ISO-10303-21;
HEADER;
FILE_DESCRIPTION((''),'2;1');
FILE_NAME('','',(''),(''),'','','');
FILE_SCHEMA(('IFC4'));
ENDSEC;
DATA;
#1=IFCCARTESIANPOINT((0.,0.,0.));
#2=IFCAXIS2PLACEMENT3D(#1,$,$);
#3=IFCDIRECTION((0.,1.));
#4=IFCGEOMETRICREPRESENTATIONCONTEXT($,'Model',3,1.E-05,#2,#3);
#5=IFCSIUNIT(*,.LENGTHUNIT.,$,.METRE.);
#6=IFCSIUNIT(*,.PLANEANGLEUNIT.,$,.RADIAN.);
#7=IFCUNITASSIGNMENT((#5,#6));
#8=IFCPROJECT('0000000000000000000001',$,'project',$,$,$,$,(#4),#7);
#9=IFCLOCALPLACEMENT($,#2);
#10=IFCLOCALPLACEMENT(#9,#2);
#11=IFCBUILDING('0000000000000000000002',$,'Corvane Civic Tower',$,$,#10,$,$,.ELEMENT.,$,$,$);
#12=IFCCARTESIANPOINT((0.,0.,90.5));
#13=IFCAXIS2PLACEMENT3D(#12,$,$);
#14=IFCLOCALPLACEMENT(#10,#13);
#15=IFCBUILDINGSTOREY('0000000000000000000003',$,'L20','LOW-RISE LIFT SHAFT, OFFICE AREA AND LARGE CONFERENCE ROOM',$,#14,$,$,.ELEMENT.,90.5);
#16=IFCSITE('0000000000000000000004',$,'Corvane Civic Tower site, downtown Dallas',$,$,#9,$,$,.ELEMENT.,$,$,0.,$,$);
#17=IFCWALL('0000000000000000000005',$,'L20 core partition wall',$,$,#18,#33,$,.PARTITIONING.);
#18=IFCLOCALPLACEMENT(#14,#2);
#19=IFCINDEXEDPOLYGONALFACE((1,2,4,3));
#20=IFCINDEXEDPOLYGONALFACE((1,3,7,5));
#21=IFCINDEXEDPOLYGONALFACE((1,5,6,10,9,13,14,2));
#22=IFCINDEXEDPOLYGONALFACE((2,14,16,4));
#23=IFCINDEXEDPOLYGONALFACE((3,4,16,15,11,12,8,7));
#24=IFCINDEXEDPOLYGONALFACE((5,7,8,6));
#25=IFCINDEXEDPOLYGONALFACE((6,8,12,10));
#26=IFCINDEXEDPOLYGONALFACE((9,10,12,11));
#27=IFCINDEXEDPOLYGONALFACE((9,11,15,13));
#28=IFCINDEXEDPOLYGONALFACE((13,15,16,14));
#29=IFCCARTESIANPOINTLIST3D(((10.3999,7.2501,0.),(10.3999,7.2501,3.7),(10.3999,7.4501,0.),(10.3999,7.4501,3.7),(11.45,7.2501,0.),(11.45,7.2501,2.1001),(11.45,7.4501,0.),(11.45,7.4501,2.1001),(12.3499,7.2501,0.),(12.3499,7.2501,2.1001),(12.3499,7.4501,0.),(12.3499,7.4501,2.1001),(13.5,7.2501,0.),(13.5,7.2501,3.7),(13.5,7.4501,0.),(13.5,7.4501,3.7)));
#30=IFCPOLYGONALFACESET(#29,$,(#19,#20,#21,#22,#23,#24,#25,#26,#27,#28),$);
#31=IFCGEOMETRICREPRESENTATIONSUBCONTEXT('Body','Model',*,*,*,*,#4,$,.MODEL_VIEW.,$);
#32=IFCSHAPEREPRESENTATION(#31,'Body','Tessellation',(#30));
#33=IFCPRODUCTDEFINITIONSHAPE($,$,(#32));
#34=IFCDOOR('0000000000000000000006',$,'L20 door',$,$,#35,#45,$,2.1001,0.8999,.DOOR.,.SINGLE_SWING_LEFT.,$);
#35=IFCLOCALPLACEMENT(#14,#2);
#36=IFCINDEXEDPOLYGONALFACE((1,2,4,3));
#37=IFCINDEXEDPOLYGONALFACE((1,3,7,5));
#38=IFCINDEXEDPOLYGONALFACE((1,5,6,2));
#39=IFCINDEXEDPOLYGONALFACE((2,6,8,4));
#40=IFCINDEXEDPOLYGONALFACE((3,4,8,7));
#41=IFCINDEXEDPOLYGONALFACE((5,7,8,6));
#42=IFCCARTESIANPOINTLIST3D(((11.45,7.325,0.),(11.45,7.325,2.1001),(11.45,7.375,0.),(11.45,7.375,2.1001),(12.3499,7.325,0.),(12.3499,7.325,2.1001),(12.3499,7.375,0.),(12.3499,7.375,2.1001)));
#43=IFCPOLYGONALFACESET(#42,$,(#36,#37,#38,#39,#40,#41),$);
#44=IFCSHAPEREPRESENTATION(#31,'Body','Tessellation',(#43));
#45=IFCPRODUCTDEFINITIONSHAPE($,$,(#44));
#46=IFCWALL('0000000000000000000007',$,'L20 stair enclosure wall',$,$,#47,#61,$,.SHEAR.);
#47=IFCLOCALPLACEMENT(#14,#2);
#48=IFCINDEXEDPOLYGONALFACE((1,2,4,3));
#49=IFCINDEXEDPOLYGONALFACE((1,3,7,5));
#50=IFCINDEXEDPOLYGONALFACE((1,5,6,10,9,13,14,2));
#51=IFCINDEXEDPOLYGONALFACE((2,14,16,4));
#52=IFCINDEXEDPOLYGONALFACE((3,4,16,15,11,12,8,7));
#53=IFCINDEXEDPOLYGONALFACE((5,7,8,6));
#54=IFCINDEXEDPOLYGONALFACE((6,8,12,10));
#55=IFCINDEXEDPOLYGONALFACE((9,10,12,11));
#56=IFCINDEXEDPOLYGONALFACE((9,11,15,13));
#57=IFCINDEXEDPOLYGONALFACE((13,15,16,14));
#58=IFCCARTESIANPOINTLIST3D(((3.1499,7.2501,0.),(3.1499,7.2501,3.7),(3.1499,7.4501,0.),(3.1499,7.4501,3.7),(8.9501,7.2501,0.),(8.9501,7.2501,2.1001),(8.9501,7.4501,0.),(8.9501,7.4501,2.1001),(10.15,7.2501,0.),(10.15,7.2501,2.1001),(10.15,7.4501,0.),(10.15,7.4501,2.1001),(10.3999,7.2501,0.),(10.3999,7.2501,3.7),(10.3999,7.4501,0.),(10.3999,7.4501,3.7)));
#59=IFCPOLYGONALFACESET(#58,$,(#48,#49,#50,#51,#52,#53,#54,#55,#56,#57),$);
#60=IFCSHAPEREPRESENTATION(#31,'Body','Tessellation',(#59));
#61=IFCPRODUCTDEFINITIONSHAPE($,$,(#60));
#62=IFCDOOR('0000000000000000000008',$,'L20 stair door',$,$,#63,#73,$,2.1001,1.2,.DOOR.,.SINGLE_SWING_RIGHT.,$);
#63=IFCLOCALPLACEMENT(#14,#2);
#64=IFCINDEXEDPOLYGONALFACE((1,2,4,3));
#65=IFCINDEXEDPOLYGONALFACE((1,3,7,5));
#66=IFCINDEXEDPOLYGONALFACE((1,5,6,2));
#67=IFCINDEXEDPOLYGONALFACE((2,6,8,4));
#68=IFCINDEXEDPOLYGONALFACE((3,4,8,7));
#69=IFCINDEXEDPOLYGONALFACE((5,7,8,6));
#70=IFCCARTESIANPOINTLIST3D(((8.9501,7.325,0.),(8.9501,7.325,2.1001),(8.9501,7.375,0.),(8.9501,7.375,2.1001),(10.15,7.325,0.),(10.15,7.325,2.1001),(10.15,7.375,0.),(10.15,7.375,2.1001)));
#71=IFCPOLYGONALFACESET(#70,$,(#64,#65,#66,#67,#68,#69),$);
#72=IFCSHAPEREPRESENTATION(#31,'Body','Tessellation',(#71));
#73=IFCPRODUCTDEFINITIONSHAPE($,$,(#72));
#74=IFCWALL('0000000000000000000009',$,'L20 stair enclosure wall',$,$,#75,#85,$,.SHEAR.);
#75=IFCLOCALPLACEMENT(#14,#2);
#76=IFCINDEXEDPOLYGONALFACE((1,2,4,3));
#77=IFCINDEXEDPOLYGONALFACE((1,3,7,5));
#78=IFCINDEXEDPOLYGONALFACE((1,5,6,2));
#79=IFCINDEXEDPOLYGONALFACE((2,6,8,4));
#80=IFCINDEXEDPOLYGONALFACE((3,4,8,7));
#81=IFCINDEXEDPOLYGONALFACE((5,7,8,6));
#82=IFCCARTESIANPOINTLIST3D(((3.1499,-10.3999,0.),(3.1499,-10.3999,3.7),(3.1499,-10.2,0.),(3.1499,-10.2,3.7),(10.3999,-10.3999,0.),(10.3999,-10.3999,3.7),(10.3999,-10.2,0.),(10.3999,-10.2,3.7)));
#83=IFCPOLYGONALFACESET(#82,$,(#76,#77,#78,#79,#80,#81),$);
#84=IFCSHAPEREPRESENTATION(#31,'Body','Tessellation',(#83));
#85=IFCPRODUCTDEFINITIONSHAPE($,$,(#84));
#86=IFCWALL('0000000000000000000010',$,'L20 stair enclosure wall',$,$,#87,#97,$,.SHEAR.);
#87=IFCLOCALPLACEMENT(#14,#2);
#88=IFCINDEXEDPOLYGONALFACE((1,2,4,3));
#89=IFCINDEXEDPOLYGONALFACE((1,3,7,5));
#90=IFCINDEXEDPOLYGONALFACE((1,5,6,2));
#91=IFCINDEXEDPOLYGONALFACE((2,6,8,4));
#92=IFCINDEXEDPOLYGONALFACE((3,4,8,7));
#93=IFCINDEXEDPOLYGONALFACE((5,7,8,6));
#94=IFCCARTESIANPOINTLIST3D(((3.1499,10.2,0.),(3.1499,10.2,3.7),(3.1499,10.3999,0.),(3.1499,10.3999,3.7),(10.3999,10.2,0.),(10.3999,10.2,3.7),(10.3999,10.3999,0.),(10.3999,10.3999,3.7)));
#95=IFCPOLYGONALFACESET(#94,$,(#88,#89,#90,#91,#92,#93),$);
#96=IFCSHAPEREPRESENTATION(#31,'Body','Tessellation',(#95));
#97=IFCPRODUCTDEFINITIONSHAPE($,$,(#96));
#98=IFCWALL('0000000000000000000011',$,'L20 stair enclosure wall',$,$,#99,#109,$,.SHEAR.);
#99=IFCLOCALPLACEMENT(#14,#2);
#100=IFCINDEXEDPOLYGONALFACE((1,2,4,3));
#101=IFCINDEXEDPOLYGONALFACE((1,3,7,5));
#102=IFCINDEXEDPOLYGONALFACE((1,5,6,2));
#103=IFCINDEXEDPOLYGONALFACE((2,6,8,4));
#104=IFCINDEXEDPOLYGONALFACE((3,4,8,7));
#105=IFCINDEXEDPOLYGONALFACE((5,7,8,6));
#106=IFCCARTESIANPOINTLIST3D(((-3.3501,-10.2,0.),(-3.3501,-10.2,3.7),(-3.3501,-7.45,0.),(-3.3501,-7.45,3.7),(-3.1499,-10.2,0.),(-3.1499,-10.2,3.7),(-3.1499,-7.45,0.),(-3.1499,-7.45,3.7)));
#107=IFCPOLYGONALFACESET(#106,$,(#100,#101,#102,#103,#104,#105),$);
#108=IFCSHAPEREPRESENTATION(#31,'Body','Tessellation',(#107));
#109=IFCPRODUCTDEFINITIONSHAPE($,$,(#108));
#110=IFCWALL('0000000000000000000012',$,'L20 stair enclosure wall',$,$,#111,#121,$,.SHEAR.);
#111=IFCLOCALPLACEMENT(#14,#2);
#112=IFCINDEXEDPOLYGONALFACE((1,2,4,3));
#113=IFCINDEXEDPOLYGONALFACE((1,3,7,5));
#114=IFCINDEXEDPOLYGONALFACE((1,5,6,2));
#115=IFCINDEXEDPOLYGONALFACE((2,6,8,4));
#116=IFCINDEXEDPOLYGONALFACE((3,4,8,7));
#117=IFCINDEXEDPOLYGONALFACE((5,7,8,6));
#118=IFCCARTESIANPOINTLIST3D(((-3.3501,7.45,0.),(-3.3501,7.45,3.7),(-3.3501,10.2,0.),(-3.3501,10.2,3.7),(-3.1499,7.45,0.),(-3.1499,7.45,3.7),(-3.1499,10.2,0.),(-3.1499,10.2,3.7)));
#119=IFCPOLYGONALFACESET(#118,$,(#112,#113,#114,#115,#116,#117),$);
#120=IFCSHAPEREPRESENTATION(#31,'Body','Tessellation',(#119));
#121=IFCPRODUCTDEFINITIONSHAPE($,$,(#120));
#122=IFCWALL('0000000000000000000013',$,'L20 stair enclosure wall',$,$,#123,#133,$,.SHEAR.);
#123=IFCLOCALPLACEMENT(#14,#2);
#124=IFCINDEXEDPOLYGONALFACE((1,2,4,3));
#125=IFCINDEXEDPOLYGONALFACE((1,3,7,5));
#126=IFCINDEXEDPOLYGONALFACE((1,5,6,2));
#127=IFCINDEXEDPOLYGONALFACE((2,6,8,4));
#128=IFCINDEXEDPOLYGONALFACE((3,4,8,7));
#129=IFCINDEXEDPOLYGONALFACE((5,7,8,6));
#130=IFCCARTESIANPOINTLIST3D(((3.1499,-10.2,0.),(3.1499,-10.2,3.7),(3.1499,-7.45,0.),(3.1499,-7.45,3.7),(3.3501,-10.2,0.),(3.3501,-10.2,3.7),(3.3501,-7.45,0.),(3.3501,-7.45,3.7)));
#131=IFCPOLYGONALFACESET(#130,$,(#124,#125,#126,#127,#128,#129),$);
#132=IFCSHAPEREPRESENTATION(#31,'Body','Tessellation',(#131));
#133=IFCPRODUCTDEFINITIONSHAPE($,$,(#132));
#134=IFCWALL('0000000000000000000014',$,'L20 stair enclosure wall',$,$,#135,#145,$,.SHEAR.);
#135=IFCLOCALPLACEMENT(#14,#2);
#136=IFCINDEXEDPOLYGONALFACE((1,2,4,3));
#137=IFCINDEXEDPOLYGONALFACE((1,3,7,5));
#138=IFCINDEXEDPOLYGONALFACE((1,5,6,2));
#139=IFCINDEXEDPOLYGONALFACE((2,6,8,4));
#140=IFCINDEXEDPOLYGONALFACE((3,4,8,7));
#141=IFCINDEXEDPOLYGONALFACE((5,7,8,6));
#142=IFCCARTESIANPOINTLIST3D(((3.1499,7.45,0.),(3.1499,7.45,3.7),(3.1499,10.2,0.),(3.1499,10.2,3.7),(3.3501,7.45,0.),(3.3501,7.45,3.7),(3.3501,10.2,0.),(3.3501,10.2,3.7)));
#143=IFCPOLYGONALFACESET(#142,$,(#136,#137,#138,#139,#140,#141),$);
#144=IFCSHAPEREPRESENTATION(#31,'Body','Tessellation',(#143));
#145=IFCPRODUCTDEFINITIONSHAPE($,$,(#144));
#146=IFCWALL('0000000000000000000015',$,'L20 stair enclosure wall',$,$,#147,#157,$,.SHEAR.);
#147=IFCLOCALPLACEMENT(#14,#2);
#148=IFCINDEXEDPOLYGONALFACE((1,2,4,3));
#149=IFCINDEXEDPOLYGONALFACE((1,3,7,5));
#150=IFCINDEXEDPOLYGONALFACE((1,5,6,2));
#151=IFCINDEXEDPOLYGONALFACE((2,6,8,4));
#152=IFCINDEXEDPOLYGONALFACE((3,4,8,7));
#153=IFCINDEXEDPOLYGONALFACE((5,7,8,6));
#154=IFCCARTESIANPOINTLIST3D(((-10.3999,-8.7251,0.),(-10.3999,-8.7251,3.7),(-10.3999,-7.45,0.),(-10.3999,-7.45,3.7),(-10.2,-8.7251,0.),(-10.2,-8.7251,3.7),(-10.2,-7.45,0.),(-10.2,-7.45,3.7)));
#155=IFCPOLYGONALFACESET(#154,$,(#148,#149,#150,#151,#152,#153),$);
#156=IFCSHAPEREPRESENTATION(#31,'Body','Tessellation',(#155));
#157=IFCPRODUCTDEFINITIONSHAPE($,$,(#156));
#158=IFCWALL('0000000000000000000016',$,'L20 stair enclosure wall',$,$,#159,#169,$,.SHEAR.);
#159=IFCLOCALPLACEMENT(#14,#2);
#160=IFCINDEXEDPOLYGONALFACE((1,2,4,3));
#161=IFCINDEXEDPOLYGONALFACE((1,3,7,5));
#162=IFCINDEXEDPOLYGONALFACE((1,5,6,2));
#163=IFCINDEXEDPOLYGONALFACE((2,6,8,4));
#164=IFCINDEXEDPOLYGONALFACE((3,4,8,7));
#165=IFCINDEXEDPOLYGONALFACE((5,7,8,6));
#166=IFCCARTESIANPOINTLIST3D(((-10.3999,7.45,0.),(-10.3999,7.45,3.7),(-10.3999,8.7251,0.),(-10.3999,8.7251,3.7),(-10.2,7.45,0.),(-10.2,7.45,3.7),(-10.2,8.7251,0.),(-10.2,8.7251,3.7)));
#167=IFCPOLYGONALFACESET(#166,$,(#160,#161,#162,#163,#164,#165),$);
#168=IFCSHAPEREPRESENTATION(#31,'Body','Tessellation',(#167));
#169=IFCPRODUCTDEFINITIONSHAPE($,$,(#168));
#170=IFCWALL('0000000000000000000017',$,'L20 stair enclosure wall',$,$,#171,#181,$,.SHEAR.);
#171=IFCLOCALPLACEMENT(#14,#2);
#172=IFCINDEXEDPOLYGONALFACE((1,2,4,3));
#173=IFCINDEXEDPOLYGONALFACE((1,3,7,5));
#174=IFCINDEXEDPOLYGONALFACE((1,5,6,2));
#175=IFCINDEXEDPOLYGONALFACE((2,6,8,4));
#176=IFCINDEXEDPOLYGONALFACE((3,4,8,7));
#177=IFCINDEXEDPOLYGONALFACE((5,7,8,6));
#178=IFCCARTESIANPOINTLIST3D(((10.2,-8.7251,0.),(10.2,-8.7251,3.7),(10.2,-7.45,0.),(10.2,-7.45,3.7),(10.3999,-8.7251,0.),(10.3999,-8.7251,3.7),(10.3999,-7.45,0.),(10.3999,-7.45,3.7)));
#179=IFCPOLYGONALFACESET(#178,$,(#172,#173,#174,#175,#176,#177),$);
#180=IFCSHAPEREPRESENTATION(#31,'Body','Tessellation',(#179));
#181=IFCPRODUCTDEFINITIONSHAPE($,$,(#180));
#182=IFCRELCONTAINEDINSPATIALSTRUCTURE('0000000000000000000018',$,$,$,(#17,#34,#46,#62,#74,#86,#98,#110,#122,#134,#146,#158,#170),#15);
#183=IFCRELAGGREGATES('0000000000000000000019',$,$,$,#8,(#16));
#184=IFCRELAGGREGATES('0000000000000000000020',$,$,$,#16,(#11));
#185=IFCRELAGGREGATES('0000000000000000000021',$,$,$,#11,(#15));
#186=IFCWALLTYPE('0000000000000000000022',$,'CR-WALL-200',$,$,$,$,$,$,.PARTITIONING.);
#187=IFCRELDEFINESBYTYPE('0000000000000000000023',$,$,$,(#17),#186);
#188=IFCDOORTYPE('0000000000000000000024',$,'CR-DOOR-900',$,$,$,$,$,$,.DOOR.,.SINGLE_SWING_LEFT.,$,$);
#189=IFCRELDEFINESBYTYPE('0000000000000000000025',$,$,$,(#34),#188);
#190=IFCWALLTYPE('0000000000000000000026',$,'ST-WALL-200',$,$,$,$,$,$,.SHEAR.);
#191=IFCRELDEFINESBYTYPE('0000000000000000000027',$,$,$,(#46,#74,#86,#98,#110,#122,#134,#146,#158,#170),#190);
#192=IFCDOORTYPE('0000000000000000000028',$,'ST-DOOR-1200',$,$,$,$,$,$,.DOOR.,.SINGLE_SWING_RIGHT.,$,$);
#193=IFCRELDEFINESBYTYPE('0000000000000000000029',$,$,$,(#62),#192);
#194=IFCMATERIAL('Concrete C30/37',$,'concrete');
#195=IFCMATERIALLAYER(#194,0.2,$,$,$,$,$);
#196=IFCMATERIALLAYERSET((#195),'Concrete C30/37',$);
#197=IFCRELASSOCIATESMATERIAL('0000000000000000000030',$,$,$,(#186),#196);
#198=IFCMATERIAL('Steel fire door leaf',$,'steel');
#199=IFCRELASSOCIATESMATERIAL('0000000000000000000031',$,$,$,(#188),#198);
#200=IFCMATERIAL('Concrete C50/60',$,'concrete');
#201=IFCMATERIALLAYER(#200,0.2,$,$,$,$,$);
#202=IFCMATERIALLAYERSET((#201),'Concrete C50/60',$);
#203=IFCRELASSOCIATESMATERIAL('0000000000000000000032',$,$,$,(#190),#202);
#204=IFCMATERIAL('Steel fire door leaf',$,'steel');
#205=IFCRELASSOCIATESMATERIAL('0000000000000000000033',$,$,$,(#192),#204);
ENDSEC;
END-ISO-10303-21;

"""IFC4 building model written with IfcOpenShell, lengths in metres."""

from ifc_helpers import new_model, si_unit, direction, frame, frame_2d, origin, place, context, subcontext, project, spatial, polyline, rectangle, outline, extrude, material, layer, layer_set, type_object, element, fill, save


model = new_model("IFC4")

# Units and contexts
model_context = context("Model", 3, precision=1e-05, world=origin(), true_north=direction((0.0, 1.0)))
body_context = subcontext(model_context, "Body", "Model", "MODEL_VIEW")
ifc_project = project(units=[si_unit("LENGTHUNIT", "METRE"), si_unit("PLANEANGLEUNIT", "RADIAN")], contexts=[model_context])

# Site, building, storey
site_placement = place(None, origin())
site = spatial("IfcSite", under=ifc_project, at=site_placement, Name="Corvane Civic Tower site, downtown Dallas", CompositionType="ELEMENT", RefElevation=0.0)
building_placement = place(site_placement, origin())
building = spatial("IfcBuilding", under=site, at=building_placement, Name="Corvane Civic Tower", CompositionType="ELEMENT")
storey_placement = place(building_placement, frame((0.0, 0.0, 90.5)))
storey = spatial("IfcBuildingStorey", under=building, at=storey_placement, Name="L20", Description="LOW-RISE LIFT SHAFT, OFFICE AREA AND LARGE CONFERENCE ROOM", CompositionType="ELEMENT", Elevation=90.5)

# Walls, openings, doors
ifc_material_1 = material(Name="Concrete C30/37", Category="concrete")
ifc_layer_1 = layer(ifc_material_1, 0.2)
ifc_layer_set_1 = layer_set([ifc_layer_1], Name="Concrete C30/37")
wall_type_1 = type_object("IfcWallType", Name="CR-WALL-200", PredefinedType="PARTITIONING", material=ifc_layer_set_1)
wall_1_placement = place(storey_placement, frame((10.3999, 7.3501, 0.0), z_axis=(0.0, 0.0, 1.0), x_axis=(1.0, 0.0, 0.0)))
wall_1 = element("IfcWall", 1, at=wall_1_placement, inside=storey, type_object=wall_type_1, Name="L20 core partition wall", PredefinedType="PARTITIONING", context=body_context, shape_type="SweptSolid", body=[
    extrude(rectangle(XDim=3.1001, YDim=0.2, at=frame_2d((1.55, 0.0))), origin(), (0.0, 0.0, 1.0), 3.7),
])
opening_1_placement = place(wall_1_placement, frame((1.05, 0.0, 0.0)))
opening_1 = element("IfcOpeningElement", 2, at=opening_1_placement, cuts=wall_1, PredefinedType="OPENING", context=body_context, shape_type="SweptSolid", body=[
    extrude(rectangle(XDim=0.8999, YDim=2.1001, at=frame_2d((0.45, 1.05))), frame((0.0, 0.1099, 0.0), z_axis=(0.0, -1.0, 0.0), x_axis=(1.0, 0.0, 0.0)), (0.0, 0.0, 1.0), 0.22),
])
ifc_material_2 = material(Name="Steel fire door leaf", Category="steel")
door_type_1 = type_object("IfcDoorType", Name="CR-DOOR-900", OperationType="SINGLE_SWING_LEFT", PredefinedType="DOOR", material=ifc_material_2)
door_1_placement = place(opening_1_placement, origin())
door_1 = element("IfcDoor", 3, at=door_1_placement, inside=storey, type_object=door_type_1, Name="L20 door", OperationType="SINGLE_SWING_LEFT", OverallHeight=2.1001, OverallWidth=0.8999, PredefinedType="DOOR", context=body_context, shape_type="SweptSolid", body=[
    extrude(rectangle(XDim=0.8999, YDim=2.1001, at=frame_2d((0.45, 1.05))), frame((0.0, 0.0249, 0.0), z_axis=(0.0, -1.0, 0.0), x_axis=(1.0, 0.0, 0.0)), (0.0, 0.0, 1.0), 0.05),
])
fill(opening_1, door_1)
ifc_material_3 = material(Name="Concrete C50/60", Category="concrete")
ifc_layer_2 = layer(ifc_material_3, 0.2)
ifc_layer_set_2 = layer_set([ifc_layer_2], Name="Concrete C50/60")
wall_type_2 = type_object("IfcWallType", Name="ST-WALL-200", PredefinedType="SHEAR", material=ifc_layer_set_2)
wall_2_placement = place(storey_placement, frame((3.1499, 7.3501, 0.0), z_axis=(0.0, 0.0, 1.0), x_axis=(1.0, 0.0, 0.0)))
wall_2 = element("IfcWall", 4, at=wall_2_placement, inside=storey, type_object=wall_type_2, Name="L20 stair enclosure wall", PredefinedType="SHEAR", context=body_context, shape_type="SweptSolid", body=[
    extrude(rectangle(XDim=7.25, YDim=0.2, at=frame_2d((3.625, 0.0))), origin(), (0.0, 0.0, 1.0), 3.7),
])
opening_2_placement = place(wall_2_placement, frame((5.8, 0.0, 0.0)))
opening_2 = element("IfcOpeningElement", 5, at=opening_2_placement, cuts=wall_2, PredefinedType="OPENING", context=body_context, shape_type="SweptSolid", body=[
    extrude(rectangle(XDim=1.2, YDim=2.1001, at=frame_2d((0.6001, 1.05))), frame((0.0, 0.1099, 0.0), z_axis=(0.0, -1.0, 0.0), x_axis=(1.0, 0.0, 0.0)), (0.0, 0.0, 1.0), 0.22),
])
ifc_material_4 = material(Name="Steel fire door leaf", Category="steel")
door_type_2 = type_object("IfcDoorType", Name="ST-DOOR-1200", OperationType="SINGLE_SWING_RIGHT", PredefinedType="DOOR", material=ifc_material_4)
door_2_placement = place(opening_2_placement, origin())
door_2 = element("IfcDoor", 6, at=door_2_placement, inside=storey, type_object=door_type_2, Name="L20 stair door", OperationType="SINGLE_SWING_RIGHT", OverallHeight=2.1001, OverallWidth=1.2, PredefinedType="DOOR", context=body_context, shape_type="SweptSolid", body=[
    extrude(rectangle(XDim=1.2, YDim=2.1001, at=frame_2d((0.6001, 1.05))), frame((0.0, 0.0249, 0.0), z_axis=(0.0, -1.0, 0.0), x_axis=(1.0, 0.0, 0.0)), (0.0, 0.0, 1.0), 0.05),
])
fill(opening_2, door_2)

# Walls
wall_3_placement = place(storey_placement, origin())
element("IfcWall", 7, at=wall_3_placement, inside=storey, type_object=wall_type_2, Name="L20 stair enclosure wall", PredefinedType="SHEAR", context=body_context, shape_type="SweptSolid", body=[
    extrude(outline(polyline([(10.3999, -10.3999), (3.1499, -10.3999), (3.1499, -10.2), (10.3999, -10.2), (10.3999, -10.3999)])), origin(), (0.0, 0.0, 1.0), 3.7),
])
wall_4_placement = place(storey_placement, origin())
element("IfcWall", 8, at=wall_4_placement, inside=storey, type_object=wall_type_2, Name="L20 stair enclosure wall", PredefinedType="SHEAR", context=body_context, shape_type="SweptSolid", body=[
    extrude(outline(polyline([(10.3999, 10.2), (3.1499, 10.2), (3.1499, 10.3999), (10.3999, 10.3999), (10.3999, 10.2)])), origin(), (0.0, 0.0, 1.0), 3.7),
])
wall_5_placement = place(storey_placement, origin())
element("IfcWall", 9, at=wall_5_placement, inside=storey, type_object=wall_type_2, Name="L20 stair enclosure wall", PredefinedType="SHEAR", context=body_context, shape_type="SweptSolid", body=[
    extrude(outline(polyline([(-3.1499, -7.45), (-3.1499, -10.2), (-3.3501, -10.2), (-3.3501, -7.45), (-3.1499, -7.45)])), origin(), (0.0, 0.0, 1.0), 3.7),
])
wall_6_placement = place(storey_placement, origin())
element("IfcWall", 10, at=wall_6_placement, inside=storey, type_object=wall_type_2, Name="L20 stair enclosure wall", PredefinedType="SHEAR", context=body_context, shape_type="SweptSolid", body=[
    extrude(outline(polyline([(-3.1499, 7.45), (-3.3501, 7.45), (-3.3501, 10.2), (-3.1499, 10.2), (-3.1499, 7.45)])), origin(), (0.0, 0.0, 1.0), 3.7),
])
wall_7_placement = place(storey_placement, origin())
element("IfcWall", 11, at=wall_7_placement, inside=storey, type_object=wall_type_2, Name="L20 stair enclosure wall", PredefinedType="SHEAR", context=body_context, shape_type="SweptSolid", body=[
    extrude(outline(polyline([(3.3501, -7.45), (3.3501, -10.2), (3.1499, -10.2), (3.1499, -7.45), (3.3501, -7.45)])), origin(), (0.0, 0.0, 1.0), 3.7),
])
wall_8_placement = place(storey_placement, origin())
element("IfcWall", 12, at=wall_8_placement, inside=storey, type_object=wall_type_2, Name="L20 stair enclosure wall", PredefinedType="SHEAR", context=body_context, shape_type="SweptSolid", body=[
    extrude(outline(polyline([(3.3501, 7.45), (3.1499, 7.45), (3.1499, 10.2), (3.3501, 10.2), (3.3501, 7.45)])), origin(), (0.0, 0.0, 1.0), 3.7),
])
wall_9_placement = place(storey_placement, origin())
element("IfcWall", 13, at=wall_9_placement, inside=storey, type_object=wall_type_2, Name="L20 stair enclosure wall", PredefinedType="SHEAR", context=body_context, shape_type="SweptSolid", body=[
    extrude(outline(polyline([(-10.2, -7.45), (-10.2, -8.7251), (-10.3999, -8.7251), (-10.3999, -7.45), (-10.2, -7.45)])), origin(), (0.0, 0.0, 1.0), 3.7),
])
wall_10_placement = place(storey_placement, origin())
element("IfcWall", 14, at=wall_10_placement, inside=storey, type_object=wall_type_2, Name="L20 stair enclosure wall", PredefinedType="SHEAR", context=body_context, shape_type="SweptSolid", body=[
    extrude(outline(polyline([(-10.2, 8.7251), (-10.2, 7.45), (-10.3999, 7.45), (-10.3999, 8.7251), (-10.2, 8.7251)])), origin(), (0.0, 0.0, 1.0), 3.7),
])
wall_11_placement = place(storey_placement, origin())
element("IfcWall", 15, at=wall_11_placement, inside=storey, type_object=wall_type_2, Name="L20 stair enclosure wall", PredefinedType="SHEAR", context=body_context, shape_type="SweptSolid", body=[
    extrude(outline(polyline([(10.3999, -7.45), (10.3999, -8.7251), (10.2, -8.7251), (10.2, -7.45), (10.3999, -7.45)])), origin(), (0.0, 0.0, 1.0), 3.7),
])

save(model, "model.ifc")
